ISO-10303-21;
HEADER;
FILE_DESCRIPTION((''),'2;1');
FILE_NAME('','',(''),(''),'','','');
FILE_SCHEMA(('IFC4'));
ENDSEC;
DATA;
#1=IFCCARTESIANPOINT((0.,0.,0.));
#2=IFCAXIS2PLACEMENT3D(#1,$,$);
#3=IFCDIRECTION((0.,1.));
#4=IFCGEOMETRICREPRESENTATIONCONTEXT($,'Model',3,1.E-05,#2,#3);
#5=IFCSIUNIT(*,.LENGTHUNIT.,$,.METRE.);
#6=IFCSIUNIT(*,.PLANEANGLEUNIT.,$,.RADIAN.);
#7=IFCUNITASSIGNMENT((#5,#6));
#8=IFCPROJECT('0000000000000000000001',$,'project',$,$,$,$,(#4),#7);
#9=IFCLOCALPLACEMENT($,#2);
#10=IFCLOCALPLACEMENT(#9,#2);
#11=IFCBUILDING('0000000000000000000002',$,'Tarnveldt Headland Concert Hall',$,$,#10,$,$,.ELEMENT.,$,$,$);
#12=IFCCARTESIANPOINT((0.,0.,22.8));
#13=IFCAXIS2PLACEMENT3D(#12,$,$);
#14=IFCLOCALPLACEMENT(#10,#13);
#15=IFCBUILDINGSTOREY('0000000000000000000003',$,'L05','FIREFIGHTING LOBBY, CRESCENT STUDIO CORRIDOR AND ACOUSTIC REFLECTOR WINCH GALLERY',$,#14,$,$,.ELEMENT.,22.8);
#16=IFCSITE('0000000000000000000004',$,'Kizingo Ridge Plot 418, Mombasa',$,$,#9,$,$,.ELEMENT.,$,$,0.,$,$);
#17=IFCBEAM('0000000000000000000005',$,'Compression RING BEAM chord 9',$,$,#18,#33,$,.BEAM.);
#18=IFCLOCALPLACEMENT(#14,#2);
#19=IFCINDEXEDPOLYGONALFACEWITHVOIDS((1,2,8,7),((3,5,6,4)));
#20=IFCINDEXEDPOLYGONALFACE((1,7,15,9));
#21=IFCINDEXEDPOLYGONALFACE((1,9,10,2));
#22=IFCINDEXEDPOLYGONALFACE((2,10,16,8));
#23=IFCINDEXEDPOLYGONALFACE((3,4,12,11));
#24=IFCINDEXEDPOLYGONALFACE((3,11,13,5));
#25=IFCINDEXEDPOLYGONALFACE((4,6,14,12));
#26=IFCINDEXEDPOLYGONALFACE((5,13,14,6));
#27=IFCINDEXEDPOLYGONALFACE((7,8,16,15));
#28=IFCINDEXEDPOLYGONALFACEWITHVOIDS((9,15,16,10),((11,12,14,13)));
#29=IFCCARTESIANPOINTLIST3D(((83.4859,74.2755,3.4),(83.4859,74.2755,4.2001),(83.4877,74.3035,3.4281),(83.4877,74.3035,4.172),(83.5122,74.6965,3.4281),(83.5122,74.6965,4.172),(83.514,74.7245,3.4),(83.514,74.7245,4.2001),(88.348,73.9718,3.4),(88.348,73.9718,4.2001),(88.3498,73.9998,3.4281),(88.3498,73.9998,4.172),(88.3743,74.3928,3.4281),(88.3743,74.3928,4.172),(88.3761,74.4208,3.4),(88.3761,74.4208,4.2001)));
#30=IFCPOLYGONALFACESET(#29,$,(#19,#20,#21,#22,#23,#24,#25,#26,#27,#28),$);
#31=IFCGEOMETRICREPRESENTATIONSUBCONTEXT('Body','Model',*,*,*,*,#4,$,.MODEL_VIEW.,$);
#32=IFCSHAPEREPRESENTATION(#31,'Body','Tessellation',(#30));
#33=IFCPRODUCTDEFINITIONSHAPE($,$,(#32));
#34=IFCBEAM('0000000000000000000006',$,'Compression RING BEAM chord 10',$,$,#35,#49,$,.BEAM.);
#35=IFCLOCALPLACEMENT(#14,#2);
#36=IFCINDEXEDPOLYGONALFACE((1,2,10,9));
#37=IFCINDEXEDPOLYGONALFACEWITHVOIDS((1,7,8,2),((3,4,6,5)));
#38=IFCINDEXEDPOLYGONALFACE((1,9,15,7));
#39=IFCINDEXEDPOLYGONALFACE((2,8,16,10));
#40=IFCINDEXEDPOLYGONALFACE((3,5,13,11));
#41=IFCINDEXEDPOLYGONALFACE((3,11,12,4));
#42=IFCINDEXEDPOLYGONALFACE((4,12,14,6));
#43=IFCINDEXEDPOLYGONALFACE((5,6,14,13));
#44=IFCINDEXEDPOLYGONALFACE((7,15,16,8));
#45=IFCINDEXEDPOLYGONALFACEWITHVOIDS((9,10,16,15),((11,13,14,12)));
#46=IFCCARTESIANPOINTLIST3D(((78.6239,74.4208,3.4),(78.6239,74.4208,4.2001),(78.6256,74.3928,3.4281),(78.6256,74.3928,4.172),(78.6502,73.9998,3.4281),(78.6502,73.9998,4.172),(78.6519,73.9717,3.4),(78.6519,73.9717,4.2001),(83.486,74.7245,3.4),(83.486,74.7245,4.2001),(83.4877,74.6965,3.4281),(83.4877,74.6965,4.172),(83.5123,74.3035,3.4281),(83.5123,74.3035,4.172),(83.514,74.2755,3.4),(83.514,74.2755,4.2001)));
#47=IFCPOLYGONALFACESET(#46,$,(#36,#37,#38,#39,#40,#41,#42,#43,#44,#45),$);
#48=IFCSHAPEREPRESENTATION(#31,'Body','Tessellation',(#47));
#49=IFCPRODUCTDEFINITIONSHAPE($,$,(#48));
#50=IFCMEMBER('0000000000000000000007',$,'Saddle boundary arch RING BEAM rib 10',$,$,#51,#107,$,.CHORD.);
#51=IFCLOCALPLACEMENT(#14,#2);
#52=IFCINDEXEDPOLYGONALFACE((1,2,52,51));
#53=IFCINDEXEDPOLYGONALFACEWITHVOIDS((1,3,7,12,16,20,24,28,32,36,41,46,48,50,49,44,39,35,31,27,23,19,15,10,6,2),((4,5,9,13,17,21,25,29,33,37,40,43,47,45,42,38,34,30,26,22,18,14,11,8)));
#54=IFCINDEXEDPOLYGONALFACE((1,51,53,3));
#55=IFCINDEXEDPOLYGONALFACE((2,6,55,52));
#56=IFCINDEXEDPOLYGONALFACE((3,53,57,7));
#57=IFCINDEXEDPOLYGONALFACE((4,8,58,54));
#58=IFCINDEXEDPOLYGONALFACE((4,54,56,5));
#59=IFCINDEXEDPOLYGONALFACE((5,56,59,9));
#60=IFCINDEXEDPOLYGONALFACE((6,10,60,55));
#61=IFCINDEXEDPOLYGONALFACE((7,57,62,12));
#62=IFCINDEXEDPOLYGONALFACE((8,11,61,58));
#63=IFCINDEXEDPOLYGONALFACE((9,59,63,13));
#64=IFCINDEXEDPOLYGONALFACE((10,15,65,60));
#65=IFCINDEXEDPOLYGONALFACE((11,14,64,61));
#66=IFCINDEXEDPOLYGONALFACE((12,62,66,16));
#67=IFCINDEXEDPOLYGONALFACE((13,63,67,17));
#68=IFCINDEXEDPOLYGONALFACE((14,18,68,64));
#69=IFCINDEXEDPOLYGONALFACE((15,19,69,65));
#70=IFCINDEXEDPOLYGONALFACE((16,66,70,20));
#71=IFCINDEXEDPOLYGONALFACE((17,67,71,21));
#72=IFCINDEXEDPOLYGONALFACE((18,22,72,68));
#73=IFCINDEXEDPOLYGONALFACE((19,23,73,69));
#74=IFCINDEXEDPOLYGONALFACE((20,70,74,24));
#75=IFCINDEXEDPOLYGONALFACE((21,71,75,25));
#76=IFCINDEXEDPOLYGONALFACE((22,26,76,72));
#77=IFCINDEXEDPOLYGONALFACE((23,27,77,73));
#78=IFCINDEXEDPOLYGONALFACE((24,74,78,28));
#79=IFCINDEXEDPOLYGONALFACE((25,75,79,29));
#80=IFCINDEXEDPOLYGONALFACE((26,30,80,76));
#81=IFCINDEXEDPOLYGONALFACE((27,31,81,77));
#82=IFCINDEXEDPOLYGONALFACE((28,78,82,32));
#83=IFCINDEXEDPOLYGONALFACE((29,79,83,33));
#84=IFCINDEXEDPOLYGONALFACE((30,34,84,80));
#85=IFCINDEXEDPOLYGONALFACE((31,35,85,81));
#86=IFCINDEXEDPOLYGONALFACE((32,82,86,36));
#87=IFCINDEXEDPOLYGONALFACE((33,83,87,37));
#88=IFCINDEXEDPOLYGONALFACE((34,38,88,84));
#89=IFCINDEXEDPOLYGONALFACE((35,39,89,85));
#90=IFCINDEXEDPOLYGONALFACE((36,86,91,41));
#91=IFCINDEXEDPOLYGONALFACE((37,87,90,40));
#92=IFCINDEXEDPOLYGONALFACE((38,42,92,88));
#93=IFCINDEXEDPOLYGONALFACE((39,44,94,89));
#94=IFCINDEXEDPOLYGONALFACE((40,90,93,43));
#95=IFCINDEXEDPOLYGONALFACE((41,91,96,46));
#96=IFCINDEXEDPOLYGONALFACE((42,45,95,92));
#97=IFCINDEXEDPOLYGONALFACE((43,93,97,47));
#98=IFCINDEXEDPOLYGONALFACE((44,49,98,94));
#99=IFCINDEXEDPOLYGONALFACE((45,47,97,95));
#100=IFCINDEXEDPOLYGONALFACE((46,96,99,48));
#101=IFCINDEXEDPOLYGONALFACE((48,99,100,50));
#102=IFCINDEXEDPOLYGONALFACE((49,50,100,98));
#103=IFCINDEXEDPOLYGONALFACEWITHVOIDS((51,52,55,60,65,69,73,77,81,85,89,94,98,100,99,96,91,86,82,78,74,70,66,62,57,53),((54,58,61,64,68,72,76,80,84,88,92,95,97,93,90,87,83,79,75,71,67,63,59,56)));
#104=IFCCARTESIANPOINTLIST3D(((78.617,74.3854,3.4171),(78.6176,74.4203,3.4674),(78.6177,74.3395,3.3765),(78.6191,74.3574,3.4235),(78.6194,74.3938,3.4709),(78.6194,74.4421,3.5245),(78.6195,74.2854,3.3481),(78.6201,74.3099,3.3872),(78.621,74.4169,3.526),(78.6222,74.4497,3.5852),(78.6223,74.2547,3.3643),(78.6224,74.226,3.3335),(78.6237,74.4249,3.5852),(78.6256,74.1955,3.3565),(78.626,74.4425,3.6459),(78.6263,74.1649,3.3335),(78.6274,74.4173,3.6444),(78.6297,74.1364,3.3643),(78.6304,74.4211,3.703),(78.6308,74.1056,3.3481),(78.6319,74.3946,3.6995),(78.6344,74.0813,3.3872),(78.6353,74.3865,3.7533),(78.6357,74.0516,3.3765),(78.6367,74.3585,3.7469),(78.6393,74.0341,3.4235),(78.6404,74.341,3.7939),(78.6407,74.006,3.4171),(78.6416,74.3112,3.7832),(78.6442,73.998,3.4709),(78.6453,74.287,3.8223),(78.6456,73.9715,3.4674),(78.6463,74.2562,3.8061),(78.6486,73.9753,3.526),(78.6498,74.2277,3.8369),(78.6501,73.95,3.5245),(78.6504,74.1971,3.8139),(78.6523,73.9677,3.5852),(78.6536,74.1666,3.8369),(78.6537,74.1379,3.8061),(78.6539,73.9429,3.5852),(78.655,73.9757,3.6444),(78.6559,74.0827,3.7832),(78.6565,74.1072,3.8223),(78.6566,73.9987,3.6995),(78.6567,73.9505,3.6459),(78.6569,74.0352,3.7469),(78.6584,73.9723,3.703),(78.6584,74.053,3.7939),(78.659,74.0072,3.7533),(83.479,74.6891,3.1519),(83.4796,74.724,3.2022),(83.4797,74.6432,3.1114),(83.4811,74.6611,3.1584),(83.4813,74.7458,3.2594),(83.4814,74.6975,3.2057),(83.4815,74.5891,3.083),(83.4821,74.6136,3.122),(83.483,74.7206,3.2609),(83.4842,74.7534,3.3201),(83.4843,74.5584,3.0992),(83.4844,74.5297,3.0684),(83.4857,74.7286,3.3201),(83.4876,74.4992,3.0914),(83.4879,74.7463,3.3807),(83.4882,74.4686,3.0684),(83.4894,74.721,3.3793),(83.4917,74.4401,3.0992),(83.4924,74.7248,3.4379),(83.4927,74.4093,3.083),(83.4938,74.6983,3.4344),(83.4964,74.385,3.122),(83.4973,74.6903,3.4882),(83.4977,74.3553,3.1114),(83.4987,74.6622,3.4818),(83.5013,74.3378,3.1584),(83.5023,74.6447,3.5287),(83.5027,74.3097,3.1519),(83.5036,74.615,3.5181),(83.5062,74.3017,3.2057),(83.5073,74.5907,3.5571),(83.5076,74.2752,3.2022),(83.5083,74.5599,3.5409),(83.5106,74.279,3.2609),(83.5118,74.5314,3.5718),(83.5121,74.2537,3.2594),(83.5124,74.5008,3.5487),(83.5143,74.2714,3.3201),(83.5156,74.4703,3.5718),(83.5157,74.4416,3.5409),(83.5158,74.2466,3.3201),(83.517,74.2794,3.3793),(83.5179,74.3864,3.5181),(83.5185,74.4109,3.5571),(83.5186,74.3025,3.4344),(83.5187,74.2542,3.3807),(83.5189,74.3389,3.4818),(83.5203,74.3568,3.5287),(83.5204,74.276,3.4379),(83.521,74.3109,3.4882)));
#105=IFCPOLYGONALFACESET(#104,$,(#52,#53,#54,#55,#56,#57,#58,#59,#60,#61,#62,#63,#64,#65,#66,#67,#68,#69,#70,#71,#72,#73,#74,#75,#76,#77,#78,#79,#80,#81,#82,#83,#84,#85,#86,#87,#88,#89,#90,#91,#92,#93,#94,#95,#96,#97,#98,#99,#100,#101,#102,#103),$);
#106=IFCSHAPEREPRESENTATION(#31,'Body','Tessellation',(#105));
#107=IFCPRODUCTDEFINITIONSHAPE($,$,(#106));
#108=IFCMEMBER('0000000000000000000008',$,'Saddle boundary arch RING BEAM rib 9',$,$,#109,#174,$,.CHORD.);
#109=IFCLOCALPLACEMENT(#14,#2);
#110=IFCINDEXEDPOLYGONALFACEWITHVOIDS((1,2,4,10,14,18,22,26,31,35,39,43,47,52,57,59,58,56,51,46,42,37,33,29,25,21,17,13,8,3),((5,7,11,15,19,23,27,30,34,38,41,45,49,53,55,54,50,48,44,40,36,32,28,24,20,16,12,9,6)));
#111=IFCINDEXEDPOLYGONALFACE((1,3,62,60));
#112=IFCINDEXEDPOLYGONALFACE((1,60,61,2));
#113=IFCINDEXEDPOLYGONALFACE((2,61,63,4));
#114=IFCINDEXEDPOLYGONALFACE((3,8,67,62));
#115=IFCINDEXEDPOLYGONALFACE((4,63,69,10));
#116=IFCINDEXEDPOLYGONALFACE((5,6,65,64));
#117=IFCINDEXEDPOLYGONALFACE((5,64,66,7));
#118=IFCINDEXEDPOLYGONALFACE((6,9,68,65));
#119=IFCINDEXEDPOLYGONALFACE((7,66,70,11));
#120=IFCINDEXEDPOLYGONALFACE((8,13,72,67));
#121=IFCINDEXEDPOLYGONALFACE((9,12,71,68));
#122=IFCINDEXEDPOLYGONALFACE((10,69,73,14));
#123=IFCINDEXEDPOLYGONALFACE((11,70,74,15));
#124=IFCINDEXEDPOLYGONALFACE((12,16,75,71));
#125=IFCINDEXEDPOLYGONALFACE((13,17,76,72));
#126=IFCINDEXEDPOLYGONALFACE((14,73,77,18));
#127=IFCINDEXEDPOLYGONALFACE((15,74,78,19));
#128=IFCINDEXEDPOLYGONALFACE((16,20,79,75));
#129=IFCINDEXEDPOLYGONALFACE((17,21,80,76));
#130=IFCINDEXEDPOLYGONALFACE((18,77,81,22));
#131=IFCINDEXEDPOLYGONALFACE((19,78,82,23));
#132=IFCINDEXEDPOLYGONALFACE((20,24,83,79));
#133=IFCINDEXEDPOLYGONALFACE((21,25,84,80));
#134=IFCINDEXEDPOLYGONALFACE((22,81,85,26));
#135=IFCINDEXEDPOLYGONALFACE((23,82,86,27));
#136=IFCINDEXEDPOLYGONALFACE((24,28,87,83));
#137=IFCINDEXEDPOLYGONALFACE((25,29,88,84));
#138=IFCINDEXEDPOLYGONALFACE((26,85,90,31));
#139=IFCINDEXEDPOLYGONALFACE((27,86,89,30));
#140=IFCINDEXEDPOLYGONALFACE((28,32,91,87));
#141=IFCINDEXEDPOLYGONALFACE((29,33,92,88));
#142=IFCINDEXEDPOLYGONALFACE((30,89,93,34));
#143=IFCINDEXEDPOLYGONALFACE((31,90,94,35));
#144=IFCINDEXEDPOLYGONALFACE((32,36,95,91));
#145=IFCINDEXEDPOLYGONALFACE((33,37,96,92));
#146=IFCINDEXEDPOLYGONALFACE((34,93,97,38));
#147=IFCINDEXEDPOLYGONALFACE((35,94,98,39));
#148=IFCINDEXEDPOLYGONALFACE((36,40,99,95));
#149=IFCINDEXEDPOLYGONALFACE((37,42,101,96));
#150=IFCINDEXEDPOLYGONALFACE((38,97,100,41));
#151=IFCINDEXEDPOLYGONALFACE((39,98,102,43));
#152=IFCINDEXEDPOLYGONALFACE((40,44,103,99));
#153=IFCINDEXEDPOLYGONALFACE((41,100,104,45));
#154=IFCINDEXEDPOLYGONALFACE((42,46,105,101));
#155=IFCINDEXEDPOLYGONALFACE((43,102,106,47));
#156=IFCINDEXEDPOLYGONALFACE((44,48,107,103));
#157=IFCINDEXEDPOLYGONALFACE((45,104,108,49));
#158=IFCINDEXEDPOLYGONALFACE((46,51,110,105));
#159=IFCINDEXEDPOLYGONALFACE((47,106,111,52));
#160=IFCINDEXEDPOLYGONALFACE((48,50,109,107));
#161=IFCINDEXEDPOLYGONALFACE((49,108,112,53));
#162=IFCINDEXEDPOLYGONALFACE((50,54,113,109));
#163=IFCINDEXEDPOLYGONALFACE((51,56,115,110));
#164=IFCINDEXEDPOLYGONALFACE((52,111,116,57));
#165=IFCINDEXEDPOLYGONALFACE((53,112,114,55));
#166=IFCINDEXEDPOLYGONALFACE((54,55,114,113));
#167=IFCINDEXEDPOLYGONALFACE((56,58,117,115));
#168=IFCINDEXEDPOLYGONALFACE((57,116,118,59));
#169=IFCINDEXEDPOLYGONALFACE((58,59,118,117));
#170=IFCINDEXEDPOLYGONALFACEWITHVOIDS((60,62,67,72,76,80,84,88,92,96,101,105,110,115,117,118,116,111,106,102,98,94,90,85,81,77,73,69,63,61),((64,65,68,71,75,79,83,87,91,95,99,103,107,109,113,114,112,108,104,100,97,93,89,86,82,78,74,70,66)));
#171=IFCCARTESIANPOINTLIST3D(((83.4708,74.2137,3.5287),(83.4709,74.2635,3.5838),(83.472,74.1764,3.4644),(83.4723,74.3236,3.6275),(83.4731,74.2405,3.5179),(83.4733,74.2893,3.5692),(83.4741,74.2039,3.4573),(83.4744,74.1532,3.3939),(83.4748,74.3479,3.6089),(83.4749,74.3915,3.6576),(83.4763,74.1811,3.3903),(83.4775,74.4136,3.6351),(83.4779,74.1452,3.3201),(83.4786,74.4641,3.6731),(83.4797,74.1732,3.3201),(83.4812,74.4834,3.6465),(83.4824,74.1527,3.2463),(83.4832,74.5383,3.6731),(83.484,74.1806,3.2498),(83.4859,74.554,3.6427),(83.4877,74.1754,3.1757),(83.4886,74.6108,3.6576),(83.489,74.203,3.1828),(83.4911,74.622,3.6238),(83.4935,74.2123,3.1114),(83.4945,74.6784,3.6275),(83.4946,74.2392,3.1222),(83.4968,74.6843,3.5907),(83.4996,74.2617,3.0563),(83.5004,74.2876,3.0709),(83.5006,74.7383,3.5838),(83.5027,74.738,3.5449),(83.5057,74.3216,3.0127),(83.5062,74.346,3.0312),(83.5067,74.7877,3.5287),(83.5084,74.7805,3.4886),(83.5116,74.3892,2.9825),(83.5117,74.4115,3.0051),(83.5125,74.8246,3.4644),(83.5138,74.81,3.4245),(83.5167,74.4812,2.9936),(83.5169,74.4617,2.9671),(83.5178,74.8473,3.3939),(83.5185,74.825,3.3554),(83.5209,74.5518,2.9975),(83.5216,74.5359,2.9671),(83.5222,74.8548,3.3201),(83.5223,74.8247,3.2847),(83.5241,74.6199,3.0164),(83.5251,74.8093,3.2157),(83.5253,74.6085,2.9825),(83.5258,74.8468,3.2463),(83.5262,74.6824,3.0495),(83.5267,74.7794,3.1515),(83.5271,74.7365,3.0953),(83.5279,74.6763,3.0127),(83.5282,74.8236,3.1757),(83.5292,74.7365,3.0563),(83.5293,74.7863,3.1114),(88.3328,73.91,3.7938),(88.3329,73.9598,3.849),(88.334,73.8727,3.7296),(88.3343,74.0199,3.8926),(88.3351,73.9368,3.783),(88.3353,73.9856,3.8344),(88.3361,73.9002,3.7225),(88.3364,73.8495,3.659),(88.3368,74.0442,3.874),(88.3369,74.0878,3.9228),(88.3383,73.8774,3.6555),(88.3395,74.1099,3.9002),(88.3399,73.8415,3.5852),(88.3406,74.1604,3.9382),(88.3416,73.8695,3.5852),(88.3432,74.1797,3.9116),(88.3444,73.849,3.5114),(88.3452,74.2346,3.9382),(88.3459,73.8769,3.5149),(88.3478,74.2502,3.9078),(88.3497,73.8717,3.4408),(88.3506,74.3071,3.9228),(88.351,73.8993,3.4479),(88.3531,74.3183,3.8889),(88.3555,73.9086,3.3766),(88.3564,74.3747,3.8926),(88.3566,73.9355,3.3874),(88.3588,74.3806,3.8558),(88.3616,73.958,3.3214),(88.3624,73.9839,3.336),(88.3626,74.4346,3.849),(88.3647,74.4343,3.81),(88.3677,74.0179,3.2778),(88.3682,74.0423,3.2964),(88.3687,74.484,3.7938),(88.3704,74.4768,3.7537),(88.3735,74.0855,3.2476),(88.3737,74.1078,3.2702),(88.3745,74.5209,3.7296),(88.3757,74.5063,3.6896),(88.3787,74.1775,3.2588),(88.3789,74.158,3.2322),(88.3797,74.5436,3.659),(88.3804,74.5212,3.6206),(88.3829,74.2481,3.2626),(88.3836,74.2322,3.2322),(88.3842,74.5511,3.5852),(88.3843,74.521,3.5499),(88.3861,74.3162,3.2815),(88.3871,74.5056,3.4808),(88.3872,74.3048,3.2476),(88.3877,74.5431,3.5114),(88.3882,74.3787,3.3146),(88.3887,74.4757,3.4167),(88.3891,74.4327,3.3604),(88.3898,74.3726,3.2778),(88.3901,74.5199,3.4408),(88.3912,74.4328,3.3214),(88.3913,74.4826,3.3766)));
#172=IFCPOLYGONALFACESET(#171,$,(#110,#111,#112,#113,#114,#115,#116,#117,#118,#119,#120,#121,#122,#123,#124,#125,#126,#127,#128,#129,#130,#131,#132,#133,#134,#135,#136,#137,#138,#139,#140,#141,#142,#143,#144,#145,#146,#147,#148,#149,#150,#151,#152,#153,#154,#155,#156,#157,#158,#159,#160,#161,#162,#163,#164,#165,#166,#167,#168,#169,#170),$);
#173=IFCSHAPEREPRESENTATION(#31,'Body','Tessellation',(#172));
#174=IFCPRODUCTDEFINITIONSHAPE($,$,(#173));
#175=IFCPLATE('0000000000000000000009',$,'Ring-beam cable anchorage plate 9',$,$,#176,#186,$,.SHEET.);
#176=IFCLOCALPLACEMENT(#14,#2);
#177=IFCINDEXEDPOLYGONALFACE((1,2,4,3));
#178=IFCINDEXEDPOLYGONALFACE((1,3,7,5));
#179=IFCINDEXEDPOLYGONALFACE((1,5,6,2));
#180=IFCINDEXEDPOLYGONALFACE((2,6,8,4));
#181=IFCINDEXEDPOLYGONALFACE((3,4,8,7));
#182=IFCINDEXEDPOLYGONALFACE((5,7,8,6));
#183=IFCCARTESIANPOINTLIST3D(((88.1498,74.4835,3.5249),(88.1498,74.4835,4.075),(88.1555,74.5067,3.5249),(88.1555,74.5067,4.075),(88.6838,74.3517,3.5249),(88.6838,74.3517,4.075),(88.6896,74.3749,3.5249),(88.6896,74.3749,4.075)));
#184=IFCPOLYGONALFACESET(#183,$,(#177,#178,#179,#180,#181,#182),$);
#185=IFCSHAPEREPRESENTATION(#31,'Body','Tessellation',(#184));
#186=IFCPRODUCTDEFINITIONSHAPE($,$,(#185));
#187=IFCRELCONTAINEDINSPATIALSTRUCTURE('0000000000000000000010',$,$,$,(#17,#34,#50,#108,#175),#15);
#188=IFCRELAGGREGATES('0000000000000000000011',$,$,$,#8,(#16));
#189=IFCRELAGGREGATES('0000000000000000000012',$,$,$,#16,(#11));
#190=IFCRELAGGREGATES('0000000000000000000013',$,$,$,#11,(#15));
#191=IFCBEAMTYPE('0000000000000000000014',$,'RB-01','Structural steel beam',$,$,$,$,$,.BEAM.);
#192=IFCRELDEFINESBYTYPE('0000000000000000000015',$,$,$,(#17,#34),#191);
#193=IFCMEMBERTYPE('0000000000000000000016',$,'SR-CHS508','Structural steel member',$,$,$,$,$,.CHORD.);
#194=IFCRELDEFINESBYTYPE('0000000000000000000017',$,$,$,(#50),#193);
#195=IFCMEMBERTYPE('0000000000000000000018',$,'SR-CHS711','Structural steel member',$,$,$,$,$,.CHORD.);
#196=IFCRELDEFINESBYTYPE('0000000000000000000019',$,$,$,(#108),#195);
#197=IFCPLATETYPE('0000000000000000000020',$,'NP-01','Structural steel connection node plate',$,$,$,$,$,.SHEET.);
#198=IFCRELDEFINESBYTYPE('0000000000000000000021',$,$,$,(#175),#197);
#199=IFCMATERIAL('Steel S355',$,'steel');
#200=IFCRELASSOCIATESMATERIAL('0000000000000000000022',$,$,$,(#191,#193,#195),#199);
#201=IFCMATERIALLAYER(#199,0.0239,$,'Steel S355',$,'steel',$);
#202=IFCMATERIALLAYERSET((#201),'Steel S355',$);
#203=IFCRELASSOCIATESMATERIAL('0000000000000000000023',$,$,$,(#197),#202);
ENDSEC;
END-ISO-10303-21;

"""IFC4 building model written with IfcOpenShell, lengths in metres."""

from ifc_helpers import new_model, si_unit, direction, frame, origin, origin_2d, place, context, subcontext, project, spatial, rectangle, hollow_rectangle, hollow_circle, extrude, material, layer, layer_set, material_profile, profile_set, type_object, element, save


model = new_model("IFC4")

# Units and contexts
model_context = context("Model", 3, precision=1e-05, world=origin(), true_north=direction((0.0, 1.0)))
body_context = subcontext(model_context, "Body", "Model", "MODEL_VIEW")
ifc_project = project(units=[si_unit("LENGTHUNIT", "METRE"), si_unit("PLANEANGLEUNIT", "RADIAN")], contexts=[model_context])

# Site, building, storey
site_placement = place(None, origin())
site = spatial("IfcSite", under=ifc_project, at=site_placement, Name="Kizingo Ridge Plot 418, Mombasa", CompositionType="ELEMENT", RefElevation=0.0)
building_placement = place(site_placement, origin())
building = spatial("IfcBuilding", under=site, at=building_placement, Name="Tarnveldt Headland Concert Hall", CompositionType="ELEMENT")
storey_placement = place(building_placement, frame((0.0, 0.0, 22.8)))
storey = spatial("IfcBuildingStorey", under=building, at=storey_placement, Name="L05", Description="FIREFIGHTING LOBBY, CRESCENT STUDIO CORRIDOR AND ACOUSTIC REFLECTOR WINCH GALLERY", CompositionType="ELEMENT", Elevation=22.8)

# Beams
ifc_material_1 = material(Name="Steel S355", Category="steel")
ifc_material_profile_1 = material_profile(ifc_material_1, hollow_rectangle(XDim=0.45, YDim=0.8, WallThickness=0.0281, at=origin_2d()), Name="RHS 800x450x28", Category="steel")
ifc_profile_set_1 = profile_set([ifc_material_profile_1], Name="Steel S355")
beam_type = type_object("IfcBeamType", Name="RB-01", Description="Structural steel beam", PredefinedType="BEAM", material=ifc_profile_set_1)
for number, where, z_axis, x_axis, name in (
    (1, (88.3621, 74.1963, 3.8), (-0.998055, 0.062344, 0.0), (-0.062344, -0.998055, 0.0), "Compression RING BEAM chord 9"),
    (2, (83.5, 74.5, 3.8), (-0.998055, -0.062344, 0.0), (0.062344, -0.998055, 0.0), "Compression RING BEAM chord 10"),
):
    element("IfcBeam", number, at=place(storey_placement, frame(where, z_axis=z_axis, x_axis=x_axis)), inside=storey, type_object=beam_type, Name=name, PredefinedType="BEAM", context=body_context, shape_type="SweptSolid", body=[
        extrude(hollow_rectangle(XDim=0.45, YDim=0.8, WallThickness=0.0281, at=origin_2d()), origin(), (0.0, 0.0, 1.0), 4.8716),
    ])

# Members
ifc_material_profile_2 = material_profile(ifc_material_1, hollow_circle(Radius=0.2539, WallThickness=0.0249, at=origin_2d()), Name="CHS 508x25", Category="steel")
ifc_profile_set_2 = profile_set([ifc_material_profile_2], Name="Steel S355")
member_type_1 = type_object("IfcMemberType", Name="SR-CHS508", Description="Structural steel member", PredefinedType="CHORD", material=ifc_profile_set_2)
member_1_placement = place(storey_placement, frame((83.5, 74.5, 3.3201), z_axis=(-0.99658, -0.062252, 0.054345), x_axis=(0.062344, -0.998055, 0.0)))
element("IfcMember", 3, at=member_1_placement, inside=storey, type_object=member_type_1, Name="Saddle boundary arch RING BEAM rib 10", PredefinedType="CHORD", context=body_context, shape_type="SweptSolid", body=[
    extrude(hollow_circle(Radius=0.2539, WallThickness=0.0249, at=origin_2d()), origin(), (0.0, 0.0, 1.0), 4.8787),
])
ifc_material_profile_3 = material_profile(ifc_material_1, hollow_circle(Radius=0.3555, WallThickness=0.0281, at=origin_2d()), Name="CHS 711x28", Category="steel")
ifc_profile_set_3 = profile_set([ifc_material_profile_3], Name="Steel S355")
member_type_2 = type_object("IfcMemberType", Name="SR-CHS711", Description="Structural steel member", PredefinedType="CHORD", material=ifc_profile_set_3)
member_2_placement = place(storey_placement, frame((88.3621, 74.1963, 3.5852), z_axis=(-0.99658, 0.062252, -0.054345), x_axis=(-0.062344, -0.998055, 0.0)))
element("IfcMember", 4, at=member_2_placement, inside=storey, type_object=member_type_2, Name="Saddle boundary arch RING BEAM rib 9", PredefinedType="CHORD", context=body_context, shape_type="SweptSolid", body=[
    extrude(hollow_circle(Radius=0.3555, WallThickness=0.0281, at=origin_2d()), origin(), (0.0, 0.0, 1.0), 4.8787),
])

# Plate
ifc_layer_1 = layer(ifc_material_1, 0.0239, Name="Steel S355", Category="steel")
ifc_layer_set_1 = layer_set([ifc_layer_1], Name="Steel S355")
plate_type_1 = type_object("IfcPlateType", Name="NP-01", Description="Structural steel connection node plate", PredefinedType="SHEET", material=ifc_layer_set_1)
plate_1_placement = place(storey_placement, frame((88.4197, 74.4292, 3.5249), z_axis=(0.0, 0.0, 1.0), x_axis=(-0.970842, 0.23972, 0.0)))
element("IfcPlate", 5, at=plate_1_placement, inside=storey, type_object=plate_type_1, Name="Ring-beam cable anchorage plate 9", PredefinedType="SHEET", context=body_context, shape_type="SweptSolid", body=[
    extrude(rectangle(XDim=0.55, YDim=0.0239, at=origin_2d()), origin(), (0.0, 0.0, 1.0), 0.55),
])

save(model, "model.ifc")
